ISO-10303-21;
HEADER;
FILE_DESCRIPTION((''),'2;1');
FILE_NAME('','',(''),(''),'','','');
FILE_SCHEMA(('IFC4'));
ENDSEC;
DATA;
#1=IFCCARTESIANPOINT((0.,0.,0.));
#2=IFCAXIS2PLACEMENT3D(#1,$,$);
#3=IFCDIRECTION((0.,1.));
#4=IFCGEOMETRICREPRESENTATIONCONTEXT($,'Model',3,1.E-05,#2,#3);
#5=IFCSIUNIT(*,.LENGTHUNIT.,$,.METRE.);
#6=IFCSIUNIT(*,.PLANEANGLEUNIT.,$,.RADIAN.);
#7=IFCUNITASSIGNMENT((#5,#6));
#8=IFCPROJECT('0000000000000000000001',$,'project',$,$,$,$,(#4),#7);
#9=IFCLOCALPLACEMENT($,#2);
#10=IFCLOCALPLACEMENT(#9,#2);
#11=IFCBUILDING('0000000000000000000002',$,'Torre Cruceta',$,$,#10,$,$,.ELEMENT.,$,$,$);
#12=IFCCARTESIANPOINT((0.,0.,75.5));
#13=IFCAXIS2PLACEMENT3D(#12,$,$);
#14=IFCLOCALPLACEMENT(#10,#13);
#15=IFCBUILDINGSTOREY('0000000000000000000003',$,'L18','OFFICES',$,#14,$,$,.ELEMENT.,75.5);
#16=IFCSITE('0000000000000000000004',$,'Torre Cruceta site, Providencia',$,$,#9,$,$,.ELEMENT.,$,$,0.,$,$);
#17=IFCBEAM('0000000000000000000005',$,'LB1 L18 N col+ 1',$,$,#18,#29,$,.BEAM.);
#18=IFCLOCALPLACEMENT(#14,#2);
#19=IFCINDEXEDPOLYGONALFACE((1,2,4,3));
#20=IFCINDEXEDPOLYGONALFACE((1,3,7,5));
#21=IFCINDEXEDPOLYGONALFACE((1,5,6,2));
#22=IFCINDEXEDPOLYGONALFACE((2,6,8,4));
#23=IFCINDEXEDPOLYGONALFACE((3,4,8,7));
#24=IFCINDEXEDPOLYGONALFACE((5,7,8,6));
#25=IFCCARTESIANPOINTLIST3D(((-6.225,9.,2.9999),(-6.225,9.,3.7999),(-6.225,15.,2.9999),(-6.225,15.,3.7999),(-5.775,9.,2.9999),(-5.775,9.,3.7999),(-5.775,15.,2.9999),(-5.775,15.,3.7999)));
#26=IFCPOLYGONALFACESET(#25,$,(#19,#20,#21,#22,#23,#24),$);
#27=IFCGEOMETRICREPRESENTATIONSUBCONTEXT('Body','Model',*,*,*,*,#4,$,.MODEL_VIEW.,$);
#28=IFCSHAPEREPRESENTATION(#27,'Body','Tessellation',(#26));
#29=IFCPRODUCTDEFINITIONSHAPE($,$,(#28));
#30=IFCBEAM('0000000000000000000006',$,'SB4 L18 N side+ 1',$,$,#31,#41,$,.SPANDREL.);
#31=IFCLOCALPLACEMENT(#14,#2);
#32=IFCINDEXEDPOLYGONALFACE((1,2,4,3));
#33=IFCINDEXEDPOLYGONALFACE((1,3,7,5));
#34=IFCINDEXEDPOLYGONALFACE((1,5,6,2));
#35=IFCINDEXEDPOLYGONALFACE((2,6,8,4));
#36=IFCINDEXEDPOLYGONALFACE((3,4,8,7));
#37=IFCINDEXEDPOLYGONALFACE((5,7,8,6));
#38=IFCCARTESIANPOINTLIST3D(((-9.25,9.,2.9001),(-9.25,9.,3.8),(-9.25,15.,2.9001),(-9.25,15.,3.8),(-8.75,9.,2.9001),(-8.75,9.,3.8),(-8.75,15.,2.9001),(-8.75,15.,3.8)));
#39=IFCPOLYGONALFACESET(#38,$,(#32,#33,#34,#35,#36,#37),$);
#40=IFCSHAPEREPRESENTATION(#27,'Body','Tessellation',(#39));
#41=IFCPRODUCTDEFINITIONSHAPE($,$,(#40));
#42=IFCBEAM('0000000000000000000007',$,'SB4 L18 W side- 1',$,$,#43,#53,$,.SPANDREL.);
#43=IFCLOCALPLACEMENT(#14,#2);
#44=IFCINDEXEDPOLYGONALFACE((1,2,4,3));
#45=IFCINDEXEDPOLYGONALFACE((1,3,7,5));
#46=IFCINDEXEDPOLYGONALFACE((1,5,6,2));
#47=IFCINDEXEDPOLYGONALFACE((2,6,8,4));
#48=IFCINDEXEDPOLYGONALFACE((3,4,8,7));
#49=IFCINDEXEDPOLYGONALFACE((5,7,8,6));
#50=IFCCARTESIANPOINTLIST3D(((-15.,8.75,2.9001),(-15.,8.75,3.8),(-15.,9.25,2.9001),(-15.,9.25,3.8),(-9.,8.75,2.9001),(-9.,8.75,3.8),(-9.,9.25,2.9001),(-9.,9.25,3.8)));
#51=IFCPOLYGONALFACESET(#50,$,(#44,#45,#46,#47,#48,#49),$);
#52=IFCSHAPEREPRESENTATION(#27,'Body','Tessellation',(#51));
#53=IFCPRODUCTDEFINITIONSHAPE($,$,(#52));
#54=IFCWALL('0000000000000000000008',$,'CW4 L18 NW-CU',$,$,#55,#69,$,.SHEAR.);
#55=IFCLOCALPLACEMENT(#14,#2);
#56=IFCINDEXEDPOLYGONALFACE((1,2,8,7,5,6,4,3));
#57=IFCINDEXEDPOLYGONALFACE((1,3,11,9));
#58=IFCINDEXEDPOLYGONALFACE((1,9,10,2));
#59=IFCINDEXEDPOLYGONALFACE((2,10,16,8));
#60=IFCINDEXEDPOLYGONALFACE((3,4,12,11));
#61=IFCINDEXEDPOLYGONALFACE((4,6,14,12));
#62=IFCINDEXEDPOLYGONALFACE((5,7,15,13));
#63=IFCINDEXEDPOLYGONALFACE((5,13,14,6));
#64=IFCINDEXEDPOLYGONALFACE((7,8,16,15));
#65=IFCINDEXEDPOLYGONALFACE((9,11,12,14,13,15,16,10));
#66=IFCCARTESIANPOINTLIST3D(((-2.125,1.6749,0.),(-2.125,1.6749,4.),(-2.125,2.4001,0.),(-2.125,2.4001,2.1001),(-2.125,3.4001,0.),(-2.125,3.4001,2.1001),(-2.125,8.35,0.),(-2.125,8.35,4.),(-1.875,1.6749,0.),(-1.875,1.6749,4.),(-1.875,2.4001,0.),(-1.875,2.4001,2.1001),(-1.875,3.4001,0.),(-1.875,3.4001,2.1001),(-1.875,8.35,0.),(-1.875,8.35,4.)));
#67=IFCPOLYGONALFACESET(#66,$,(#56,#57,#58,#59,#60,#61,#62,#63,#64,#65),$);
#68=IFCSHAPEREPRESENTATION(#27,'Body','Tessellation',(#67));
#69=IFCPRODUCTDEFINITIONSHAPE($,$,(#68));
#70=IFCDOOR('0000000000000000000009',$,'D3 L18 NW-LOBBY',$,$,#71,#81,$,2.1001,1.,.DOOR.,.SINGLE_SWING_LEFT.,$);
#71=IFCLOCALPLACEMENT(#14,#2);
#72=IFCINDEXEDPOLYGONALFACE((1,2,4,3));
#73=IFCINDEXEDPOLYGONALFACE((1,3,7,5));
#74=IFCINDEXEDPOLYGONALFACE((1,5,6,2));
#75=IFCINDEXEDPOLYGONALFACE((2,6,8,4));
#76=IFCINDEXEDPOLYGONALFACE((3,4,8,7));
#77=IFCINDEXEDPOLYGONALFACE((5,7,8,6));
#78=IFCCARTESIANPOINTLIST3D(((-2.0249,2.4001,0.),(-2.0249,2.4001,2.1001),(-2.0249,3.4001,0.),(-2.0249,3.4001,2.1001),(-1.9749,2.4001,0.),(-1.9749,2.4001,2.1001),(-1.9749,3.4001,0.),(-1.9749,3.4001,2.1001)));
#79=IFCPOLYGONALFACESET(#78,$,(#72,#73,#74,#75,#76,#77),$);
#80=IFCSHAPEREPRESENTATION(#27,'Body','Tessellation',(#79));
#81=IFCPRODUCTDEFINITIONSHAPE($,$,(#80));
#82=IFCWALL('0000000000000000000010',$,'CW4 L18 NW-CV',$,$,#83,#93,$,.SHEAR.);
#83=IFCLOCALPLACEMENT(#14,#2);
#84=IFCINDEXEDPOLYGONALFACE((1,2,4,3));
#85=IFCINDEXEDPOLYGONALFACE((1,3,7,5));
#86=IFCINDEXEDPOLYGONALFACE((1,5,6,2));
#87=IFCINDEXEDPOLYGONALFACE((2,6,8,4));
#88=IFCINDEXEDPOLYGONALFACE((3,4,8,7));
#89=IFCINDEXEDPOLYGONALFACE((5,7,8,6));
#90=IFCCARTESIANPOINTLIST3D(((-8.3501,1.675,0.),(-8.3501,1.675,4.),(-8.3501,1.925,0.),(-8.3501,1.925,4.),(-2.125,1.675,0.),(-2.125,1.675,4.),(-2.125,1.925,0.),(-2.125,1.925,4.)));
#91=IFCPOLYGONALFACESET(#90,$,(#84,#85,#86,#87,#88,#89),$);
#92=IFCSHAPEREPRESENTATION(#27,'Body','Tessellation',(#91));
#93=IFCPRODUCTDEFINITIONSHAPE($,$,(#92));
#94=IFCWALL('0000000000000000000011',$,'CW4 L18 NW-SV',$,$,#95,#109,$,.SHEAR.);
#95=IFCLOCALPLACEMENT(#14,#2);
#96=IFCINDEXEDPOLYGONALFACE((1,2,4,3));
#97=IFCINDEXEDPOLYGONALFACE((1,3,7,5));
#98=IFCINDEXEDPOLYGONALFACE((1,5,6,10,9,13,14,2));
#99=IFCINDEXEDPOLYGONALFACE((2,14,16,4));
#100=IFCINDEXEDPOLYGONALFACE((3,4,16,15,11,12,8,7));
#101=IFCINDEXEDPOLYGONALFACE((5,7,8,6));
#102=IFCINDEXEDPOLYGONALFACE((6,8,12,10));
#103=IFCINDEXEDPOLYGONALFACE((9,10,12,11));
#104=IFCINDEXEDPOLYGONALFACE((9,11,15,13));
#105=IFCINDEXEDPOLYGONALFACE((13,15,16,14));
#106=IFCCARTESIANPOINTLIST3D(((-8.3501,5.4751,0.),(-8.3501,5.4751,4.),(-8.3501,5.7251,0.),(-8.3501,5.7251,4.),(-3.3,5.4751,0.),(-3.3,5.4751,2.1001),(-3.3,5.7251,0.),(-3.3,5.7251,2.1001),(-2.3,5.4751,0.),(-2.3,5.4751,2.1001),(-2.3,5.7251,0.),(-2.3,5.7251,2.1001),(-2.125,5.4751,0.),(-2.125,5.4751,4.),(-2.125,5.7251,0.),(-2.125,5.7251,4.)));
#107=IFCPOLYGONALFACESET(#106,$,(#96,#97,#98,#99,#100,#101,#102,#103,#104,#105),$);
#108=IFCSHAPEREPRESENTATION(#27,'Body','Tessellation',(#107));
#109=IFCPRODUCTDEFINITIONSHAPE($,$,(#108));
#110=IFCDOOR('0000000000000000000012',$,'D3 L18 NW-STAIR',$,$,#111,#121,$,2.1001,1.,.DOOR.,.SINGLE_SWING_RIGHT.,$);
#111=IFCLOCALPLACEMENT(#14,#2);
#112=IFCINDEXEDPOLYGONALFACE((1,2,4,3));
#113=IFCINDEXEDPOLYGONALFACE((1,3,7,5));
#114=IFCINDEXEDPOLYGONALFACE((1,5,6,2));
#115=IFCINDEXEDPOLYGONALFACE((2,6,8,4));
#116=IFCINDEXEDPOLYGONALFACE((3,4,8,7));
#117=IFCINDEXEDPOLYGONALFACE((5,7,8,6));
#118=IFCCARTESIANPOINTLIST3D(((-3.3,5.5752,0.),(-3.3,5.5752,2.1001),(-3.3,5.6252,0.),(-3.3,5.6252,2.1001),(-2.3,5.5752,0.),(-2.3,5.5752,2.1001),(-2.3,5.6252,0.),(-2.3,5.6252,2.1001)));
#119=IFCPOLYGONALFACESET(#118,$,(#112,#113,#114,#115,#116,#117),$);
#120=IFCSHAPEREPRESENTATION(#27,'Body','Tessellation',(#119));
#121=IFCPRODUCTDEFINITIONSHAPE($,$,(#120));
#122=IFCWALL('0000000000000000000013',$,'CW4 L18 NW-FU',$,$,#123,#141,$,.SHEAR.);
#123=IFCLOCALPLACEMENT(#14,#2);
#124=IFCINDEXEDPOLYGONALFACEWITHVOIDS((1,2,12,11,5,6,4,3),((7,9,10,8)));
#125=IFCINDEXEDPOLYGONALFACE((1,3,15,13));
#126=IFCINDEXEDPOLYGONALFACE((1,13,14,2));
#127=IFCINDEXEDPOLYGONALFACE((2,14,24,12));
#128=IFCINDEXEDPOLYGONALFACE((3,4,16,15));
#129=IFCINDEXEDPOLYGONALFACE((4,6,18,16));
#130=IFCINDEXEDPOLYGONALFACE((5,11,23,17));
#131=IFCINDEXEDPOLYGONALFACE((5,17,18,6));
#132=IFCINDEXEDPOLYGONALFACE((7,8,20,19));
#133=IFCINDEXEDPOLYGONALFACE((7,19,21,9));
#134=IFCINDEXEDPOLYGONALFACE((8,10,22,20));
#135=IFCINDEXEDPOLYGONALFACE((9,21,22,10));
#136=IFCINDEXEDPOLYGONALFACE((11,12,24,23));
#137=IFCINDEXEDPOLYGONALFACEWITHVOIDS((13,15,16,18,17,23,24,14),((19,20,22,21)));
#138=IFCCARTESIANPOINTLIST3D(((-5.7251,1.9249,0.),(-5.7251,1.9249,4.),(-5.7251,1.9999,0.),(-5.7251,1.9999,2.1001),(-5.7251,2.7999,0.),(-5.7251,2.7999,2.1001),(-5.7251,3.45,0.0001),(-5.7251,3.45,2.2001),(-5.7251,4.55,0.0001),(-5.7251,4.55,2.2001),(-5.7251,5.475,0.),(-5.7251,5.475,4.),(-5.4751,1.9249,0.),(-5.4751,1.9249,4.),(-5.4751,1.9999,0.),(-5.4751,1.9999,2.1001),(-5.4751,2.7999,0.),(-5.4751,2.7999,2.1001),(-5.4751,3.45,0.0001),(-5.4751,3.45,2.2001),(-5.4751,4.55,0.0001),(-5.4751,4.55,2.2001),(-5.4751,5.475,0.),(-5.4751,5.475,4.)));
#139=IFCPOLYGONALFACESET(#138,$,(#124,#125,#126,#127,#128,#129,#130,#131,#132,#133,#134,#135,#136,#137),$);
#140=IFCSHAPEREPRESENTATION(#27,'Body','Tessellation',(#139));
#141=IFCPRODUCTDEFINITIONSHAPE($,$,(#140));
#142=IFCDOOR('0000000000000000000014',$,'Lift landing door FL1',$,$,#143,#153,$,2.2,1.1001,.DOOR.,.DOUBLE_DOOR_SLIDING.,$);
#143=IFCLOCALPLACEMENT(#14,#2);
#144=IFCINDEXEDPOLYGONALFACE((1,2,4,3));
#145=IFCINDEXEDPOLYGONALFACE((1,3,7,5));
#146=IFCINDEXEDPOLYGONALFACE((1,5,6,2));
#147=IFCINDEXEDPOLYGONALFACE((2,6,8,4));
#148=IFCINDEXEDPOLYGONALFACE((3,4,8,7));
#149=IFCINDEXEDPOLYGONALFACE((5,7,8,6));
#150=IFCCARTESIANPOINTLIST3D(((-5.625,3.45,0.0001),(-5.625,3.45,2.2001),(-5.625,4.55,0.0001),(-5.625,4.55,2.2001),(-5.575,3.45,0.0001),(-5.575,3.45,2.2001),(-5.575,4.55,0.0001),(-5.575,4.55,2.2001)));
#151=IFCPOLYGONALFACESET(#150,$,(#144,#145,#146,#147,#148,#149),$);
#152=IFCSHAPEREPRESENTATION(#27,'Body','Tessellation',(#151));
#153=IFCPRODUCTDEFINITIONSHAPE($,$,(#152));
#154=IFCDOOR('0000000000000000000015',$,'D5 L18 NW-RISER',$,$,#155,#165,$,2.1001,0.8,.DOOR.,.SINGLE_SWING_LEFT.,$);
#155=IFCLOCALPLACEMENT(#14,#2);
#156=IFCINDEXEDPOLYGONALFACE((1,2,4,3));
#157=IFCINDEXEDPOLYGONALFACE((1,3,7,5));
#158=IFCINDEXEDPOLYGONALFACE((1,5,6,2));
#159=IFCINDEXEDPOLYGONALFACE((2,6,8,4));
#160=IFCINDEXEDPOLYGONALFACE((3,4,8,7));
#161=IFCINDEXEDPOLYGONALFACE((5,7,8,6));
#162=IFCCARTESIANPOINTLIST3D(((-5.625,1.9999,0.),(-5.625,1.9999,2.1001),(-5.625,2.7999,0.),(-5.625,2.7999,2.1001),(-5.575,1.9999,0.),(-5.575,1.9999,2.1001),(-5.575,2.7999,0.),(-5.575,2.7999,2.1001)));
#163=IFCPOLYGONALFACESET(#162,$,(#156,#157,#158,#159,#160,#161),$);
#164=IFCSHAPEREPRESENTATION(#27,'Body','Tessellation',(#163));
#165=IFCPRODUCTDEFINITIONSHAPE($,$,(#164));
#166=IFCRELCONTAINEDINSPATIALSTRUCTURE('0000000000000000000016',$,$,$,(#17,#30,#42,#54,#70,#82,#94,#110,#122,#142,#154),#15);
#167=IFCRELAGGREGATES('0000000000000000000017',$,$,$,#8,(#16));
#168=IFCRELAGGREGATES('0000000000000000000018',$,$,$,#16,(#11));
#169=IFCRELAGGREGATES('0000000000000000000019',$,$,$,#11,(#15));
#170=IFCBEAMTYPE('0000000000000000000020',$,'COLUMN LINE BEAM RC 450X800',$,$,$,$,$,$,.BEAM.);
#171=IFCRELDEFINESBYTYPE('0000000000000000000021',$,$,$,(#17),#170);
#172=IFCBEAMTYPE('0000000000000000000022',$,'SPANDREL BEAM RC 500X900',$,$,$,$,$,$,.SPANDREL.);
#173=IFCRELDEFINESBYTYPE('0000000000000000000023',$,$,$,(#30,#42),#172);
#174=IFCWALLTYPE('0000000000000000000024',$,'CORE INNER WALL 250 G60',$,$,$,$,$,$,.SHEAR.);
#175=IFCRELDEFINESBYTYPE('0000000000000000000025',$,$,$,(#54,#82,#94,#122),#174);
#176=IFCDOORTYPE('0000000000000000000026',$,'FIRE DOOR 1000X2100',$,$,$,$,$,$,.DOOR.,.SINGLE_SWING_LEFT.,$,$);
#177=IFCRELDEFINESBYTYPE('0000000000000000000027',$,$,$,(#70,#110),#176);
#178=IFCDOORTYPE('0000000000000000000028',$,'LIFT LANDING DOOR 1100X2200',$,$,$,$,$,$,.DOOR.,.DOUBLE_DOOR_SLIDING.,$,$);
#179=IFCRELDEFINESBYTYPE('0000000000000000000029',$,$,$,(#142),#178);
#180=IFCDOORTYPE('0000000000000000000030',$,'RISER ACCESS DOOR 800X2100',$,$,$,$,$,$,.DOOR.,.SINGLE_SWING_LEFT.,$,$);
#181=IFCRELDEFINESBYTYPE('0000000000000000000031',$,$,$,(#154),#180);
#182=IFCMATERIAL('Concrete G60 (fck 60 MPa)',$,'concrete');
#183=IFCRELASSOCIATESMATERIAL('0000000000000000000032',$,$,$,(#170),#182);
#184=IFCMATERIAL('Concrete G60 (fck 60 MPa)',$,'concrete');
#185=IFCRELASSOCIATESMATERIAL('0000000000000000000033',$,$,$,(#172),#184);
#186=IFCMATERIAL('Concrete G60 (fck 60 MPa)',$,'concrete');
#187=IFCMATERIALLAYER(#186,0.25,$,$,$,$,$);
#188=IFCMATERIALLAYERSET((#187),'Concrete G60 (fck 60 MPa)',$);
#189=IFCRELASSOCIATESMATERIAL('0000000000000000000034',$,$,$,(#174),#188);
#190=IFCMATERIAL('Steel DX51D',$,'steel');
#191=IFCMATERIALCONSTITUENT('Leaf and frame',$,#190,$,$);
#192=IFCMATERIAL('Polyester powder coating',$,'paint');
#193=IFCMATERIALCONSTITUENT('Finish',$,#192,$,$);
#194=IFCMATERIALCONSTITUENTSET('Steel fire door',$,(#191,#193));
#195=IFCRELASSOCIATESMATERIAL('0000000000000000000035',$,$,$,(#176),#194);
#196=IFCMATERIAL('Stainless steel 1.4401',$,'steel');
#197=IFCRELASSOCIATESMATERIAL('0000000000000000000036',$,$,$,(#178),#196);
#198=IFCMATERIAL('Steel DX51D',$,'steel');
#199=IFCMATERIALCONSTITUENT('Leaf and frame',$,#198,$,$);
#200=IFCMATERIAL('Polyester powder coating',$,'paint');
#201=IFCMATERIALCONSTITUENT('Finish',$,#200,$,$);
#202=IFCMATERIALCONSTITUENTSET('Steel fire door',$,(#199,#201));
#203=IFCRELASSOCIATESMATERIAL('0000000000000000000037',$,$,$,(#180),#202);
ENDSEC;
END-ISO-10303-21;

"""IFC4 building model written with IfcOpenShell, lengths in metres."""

from ifc_helpers import new_model, si_unit, direction, frame, frame_2d, origin, origin_2d, place, context, subcontext, project, spatial, rectangle, extrude, material, layer, layer_set, constituent, constituent_set, material_profile, profile_set, type_object, element, fill, save


model = new_model("IFC4")

# Units and contexts
model_context = context("Model", 3, precision=1e-05, world=origin(), true_north=direction((0.0, 1.0)))
body_context = subcontext(model_context, "Body", "Model", "MODEL_VIEW")
ifc_project = project(units=[si_unit("LENGTHUNIT", "METRE"), si_unit("PLANEANGLEUNIT", "RADIAN")], contexts=[model_context])

# Site, building, storey
site_placement = place(None, origin())
site = spatial("IfcSite", under=ifc_project, at=site_placement, Name="Torre Cruceta site, Providencia", CompositionType="ELEMENT", RefElevation=0.0)
building_placement = place(site_placement, origin())
building = spatial("IfcBuilding", under=site, at=building_placement, Name="Torre Cruceta", CompositionType="ELEMENT")
storey_placement = place(building_placement, frame((0.0, 0.0, 75.5)))
storey = spatial("IfcBuildingStorey", under=building, at=storey_placement, Name="L18", Description="OFFICES", CompositionType="ELEMENT", Elevation=75.5)

# Beams
ifc_material_1 = material(Name="Concrete G60 (fck 60 MPa)", Category="concrete")
ifc_material_profile_1 = material_profile(ifc_material_1, rectangle(XDim=0.45, YDim=0.8, at=origin_2d()), Name="RC 450X800")
ifc_profile_set_1 = profile_set([ifc_material_profile_1], Name="Concrete G60 (fck 60 MPa)")
beam_type_1 = type_object("IfcBeamType", Name="COLUMN LINE BEAM RC 450X800", PredefinedType="BEAM", material=ifc_profile_set_1)
beam_placement = place(storey_placement, frame((-6.0, 9.0, 3.3999), z_axis=(0.0, 1.0, 0.0), x_axis=(-1.0, 0.0, 0.0)))
element("IfcBeam", 1, at=beam_placement, inside=storey, type_object=beam_type_1, Name="LB1 L18 N col+ 1", PredefinedType="BEAM", context=body_context, shape_type="SweptSolid", body=[
    extrude(rectangle(XDim=0.45, YDim=0.8, at=origin_2d()), origin(), (0.0, 0.0, 1.0), 6.0),
])
ifc_material_2 = material(Name="Concrete G60 (fck 60 MPa)", Category="concrete")
ifc_material_profile_2 = material_profile(ifc_material_2, rectangle(XDim=0.5, YDim=0.8999, at=origin_2d()), Name="RC 500X900")
ifc_profile_set_2 = profile_set([ifc_material_profile_2], Name="Concrete G60 (fck 60 MPa)")
beam_type_2 = type_object("IfcBeamType", Name="SPANDREL BEAM RC 500X900", PredefinedType="SPANDREL", material=ifc_profile_set_2)
for number, where, z_axis, x_axis, name in (
    (2, (-9.0, 9.0, 3.3501), (0.0, 1.0, 0.0), (-1.0, 0.0, 0.0), "SB4 L18 N side+ 1"),
    (3, (-9.0, 9.0, 3.3501), (-1.0, 0.0, 0.0), (0.0, -1.0, 0.0), "SB4 L18 W side- 1"),
):
    element("IfcBeam", number, at=place(storey_placement, frame(where, z_axis=z_axis, x_axis=x_axis)), inside=storey, type_object=beam_type_2, Name=name, PredefinedType="SPANDREL", context=body_context, shape_type="SweptSolid", body=[
        extrude(rectangle(XDim=0.5, YDim=0.8999, at=origin_2d()), origin(), (0.0, 0.0, 1.0), 6.0),
    ])

# Wall, opening, door
ifc_material_3 = material(Name="Concrete G60 (fck 60 MPa)", Category="concrete")
ifc_layer_1 = layer(ifc_material_3, 0.25)
ifc_layer_set_1 = layer_set([ifc_layer_1], Name="Concrete G60 (fck 60 MPa)")
wall_type_1 = type_object("IfcWallType", Name="CORE INNER WALL 250 G60", PredefinedType="SHEAR", material=ifc_layer_set_1)
wall_1_placement = place(storey_placement, frame((-2.0, 1.675, 0.0), z_axis=(0.0, 0.0, 1.0), x_axis=(0.0, 1.0, 0.0)))
wall_1 = element("IfcWall", 4, at=wall_1_placement, inside=storey, type_object=wall_type_1, Name="CW4 L18 NW-CU", PredefinedType="SHEAR", context=body_context, shape_type="SweptSolid", body=[
    extrude(rectangle(XDim=6.675, YDim=0.25, at=frame_2d((3.3374, 0.0))), origin(), (0.0, 0.0, 1.0), 4.0),
])
opening_1_placement = place(wall_1_placement, frame((0.7251, 0.0, 0.0)))
opening_1 = element("IfcOpeningElement", 5, at=opening_1_placement, cuts=wall_1, PredefinedType="OPENING", context=body_context, shape_type="SweptSolid", body=[
    extrude(rectangle(XDim=1.0, YDim=2.1001, at=frame_2d((0.5, 1.05))), frame((0.0, 0.135, 0.0), z_axis=(0.0, -1.0, 0.0), x_axis=(1.0, 0.0, 0.0)), (0.0, 0.0, 1.0), 0.27),
])
ifc_material_4 = material(Name="Steel DX51D", Category="steel")
ifc_constituent_1 = constituent(ifc_material_4, Name="Leaf and frame")
ifc_material_5 = material(Name="Polyester powder coating", Category="paint")
ifc_constituent_2 = constituent(ifc_material_5, Name="Finish")
ifc_constituent_set_1 = constituent_set(constituents=[ifc_constituent_1, ifc_constituent_2], Name="Steel fire door")
door_type_1 = type_object("IfcDoorType", Name="FIRE DOOR 1000X2100", OperationType="SINGLE_SWING_LEFT", PredefinedType="DOOR", material=ifc_constituent_set_1)
door_1_placement = place(opening_1_placement, origin())
door_1 = element("IfcDoor", 6, at=door_1_placement, inside=storey, type_object=door_type_1, Name="D3 L18 NW-LOBBY", OperationType="SINGLE_SWING_LEFT", OverallHeight=2.1001, OverallWidth=1.0, PredefinedType="DOOR", context=body_context, shape_type="SweptSolid", body=[
    extrude(rectangle(XDim=1.0, YDim=2.1001, at=frame_2d((0.5, 1.05))), frame((0.0, 0.0249, 0.0), z_axis=(0.0, -1.0, 0.0), x_axis=(1.0, 0.0, 0.0)), (0.0, 0.0, 1.0), 0.05),
])
fill(opening_1, door_1)

# Wall
wall_2_placement = place(storey_placement, frame((-2.125, 1.8, 0.0), z_axis=(0.0, 0.0, 1.0), x_axis=(-1.0, 0.0, 0.0)))
element("IfcWall", 7, at=wall_2_placement, inside=storey, type_object=wall_type_1, Name="CW4 L18 NW-CV", PredefinedType="SHEAR", context=body_context, shape_type="SweptSolid", body=[
    extrude(rectangle(XDim=6.2251, YDim=0.25, at=frame_2d((3.1125, 0.0))), origin(), (0.0, 0.0, 1.0), 4.0),
])

# Wall, opening, door
wall_3_placement = place(storey_placement, frame((-2.125, 5.6001, 0.0), z_axis=(0.0, 0.0, 1.0), x_axis=(-1.0, 0.0, 0.0)))
wall_3 = element("IfcWall", 8, at=wall_3_placement, inside=storey, type_object=wall_type_1, Name="CW4 L18 NW-SV", PredefinedType="SHEAR", context=body_context, shape_type="SweptSolid", body=[
    extrude(rectangle(XDim=6.2251, YDim=0.25, at=frame_2d((3.1125, 0.0))), origin(), (0.0, 0.0, 1.0), 4.0),
])
opening_2_placement = place(wall_3_placement, frame((0.175, 0.0, 0.0)))
opening_2 = element("IfcOpeningElement", 9, at=opening_2_placement, cuts=wall_3, PredefinedType="OPENING", context=body_context, shape_type="SweptSolid", body=[
    extrude(rectangle(XDim=1.0, YDim=2.1001, at=frame_2d((0.5, 1.05))), frame((0.0, 0.135, 0.0), z_axis=(0.0, -1.0, 0.0), x_axis=(1.0, 0.0, 0.0)), (0.0, 0.0, 1.0), 0.27),
])
door_2_placement = place(opening_2_placement, frame((1.0, 0.0, 0.0), z_axis=(0.0, 0.0, 1.0), x_axis=(-1.0, 0.0, 0.0)))
door_2 = element("IfcDoor", 10, at=door_2_placement, inside=storey, type_object=door_type_1, Name="D3 L18 NW-STAIR", OperationType="SINGLE_SWING_RIGHT", OverallHeight=2.1001, OverallWidth=1.0, PredefinedType="DOOR", context=body_context, shape_type="SweptSolid", body=[
    extrude(rectangle(XDim=1.0, YDim=2.1001, at=frame_2d((0.5, 1.05))), frame((0.0, 0.0251, 0.0), z_axis=(0.0, -1.0, 0.0), x_axis=(1.0, 0.0, 0.0)), (0.0, 0.0, 1.0), 0.05),
])
fill(opening_2, door_2)

# Wall, openings, doors
wall_4_placement = place(storey_placement, frame((-5.6001, 1.925, 0.0), z_axis=(0.0, 0.0, 1.0), x_axis=(0.0, 1.0, 0.0)))
wall_4 = element("IfcWall", 11, at=wall_4_placement, inside=storey, type_object=wall_type_1, Name="CW4 L18 NW-FU", PredefinedType="SHEAR", context=body_context, shape_type="SweptSolid", body=[
    extrude(rectangle(XDim=3.55, YDim=0.25, at=frame_2d((1.7749, 0.0))), origin(), (0.0, 0.0, 1.0), 4.0),
])
opening_3_placement = place(wall_4_placement, frame((1.5249, 0.0, 0.0)))
opening_3 = element("IfcOpeningElement", 12, at=opening_3_placement, cuts=wall_4, PredefinedType="OPENING", context=body_context, shape_type="SweptSolid", body=[
    extrude(rectangle(XDim=1.1001, YDim=2.2, at=frame_2d((0.55, 1.1001))), frame((0.0, 0.135, 0.0), z_axis=(0.0, -1.0, 0.0), x_axis=(1.0, 0.0, 0.0)), (0.0, 0.0, 1.0), 0.27),
])
opening_4_placement = place(wall_4_placement, frame((0.075, 0.0, 0.0)))
opening_4 = element("IfcOpeningElement", 13, at=opening_4_placement, cuts=wall_4, PredefinedType="OPENING", context=body_context, shape_type="SweptSolid", body=[
    extrude(rectangle(XDim=0.8, YDim=2.1001, at=frame_2d((0.3999, 1.05))), frame((0.0, 0.135, 0.0), z_axis=(0.0, -1.0, 0.0), x_axis=(1.0, 0.0, 0.0)), (0.0, 0.0, 1.0), 0.27),
])
ifc_material_6 = material(Name="Stainless steel 1.4401", Category="steel")
door_type_2 = type_object("IfcDoorType", Name="LIFT LANDING DOOR 1100X2200", OperationType="DOUBLE_DOOR_SLIDING", PredefinedType="DOOR", material=ifc_material_6)
door_3_placement = place(opening_3_placement, origin())
door_3 = element("IfcDoor", 14, at=door_3_placement, inside=storey, type_object=door_type_2, Name="Lift landing door FL1", OperationType="DOUBLE_DOOR_SLIDING", OverallHeight=2.2, OverallWidth=1.1001, PredefinedType="DOOR", context=body_context, shape_type="SweptSolid", body=[
    extrude(rectangle(XDim=1.1001, YDim=2.2, at=frame_2d((0.55, 1.1001))), frame((0.0, 0.0249, 0.0), z_axis=(0.0, -1.0, 0.0), x_axis=(1.0, 0.0, 0.0)), (0.0, 0.0, 1.0), 0.05),
])
fill(opening_3, door_3)
ifc_material_7 = material(Name="Steel DX51D", Category="steel")
ifc_constituent_3 = constituent(ifc_material_7, Name="Leaf and frame")
ifc_material_8 = material(Name="Polyester powder coating", Category="paint")
ifc_constituent_4 = constituent(ifc_material_8, Name="Finish")
ifc_constituent_set_2 = constituent_set(constituents=[ifc_constituent_3, ifc_constituent_4], Name="Steel fire door")
door_type_3 = type_object("IfcDoorType", Name="RISER ACCESS DOOR 800X2100", OperationType="SINGLE_SWING_LEFT", PredefinedType="DOOR", material=ifc_constituent_set_2)
door_4_placement = place(opening_4_placement, origin())
door_4 = element("IfcDoor", 15, at=door_4_placement, inside=storey, type_object=door_type_3, Name="D5 L18 NW-RISER", OperationType="SINGLE_SWING_LEFT", OverallHeight=2.1001, OverallWidth=0.8, PredefinedType="DOOR", context=body_context, shape_type="SweptSolid", body=[
    extrude(rectangle(XDim=0.8, YDim=2.1001, at=frame_2d((0.3999, 1.05))), frame((0.0, 0.0249, 0.0), z_axis=(0.0, -1.0, 0.0), x_axis=(1.0, 0.0, 0.0)), (0.0, 0.0, 1.0), 0.05),
])
fill(opening_4, door_4)

save(model, "model.ifc")
